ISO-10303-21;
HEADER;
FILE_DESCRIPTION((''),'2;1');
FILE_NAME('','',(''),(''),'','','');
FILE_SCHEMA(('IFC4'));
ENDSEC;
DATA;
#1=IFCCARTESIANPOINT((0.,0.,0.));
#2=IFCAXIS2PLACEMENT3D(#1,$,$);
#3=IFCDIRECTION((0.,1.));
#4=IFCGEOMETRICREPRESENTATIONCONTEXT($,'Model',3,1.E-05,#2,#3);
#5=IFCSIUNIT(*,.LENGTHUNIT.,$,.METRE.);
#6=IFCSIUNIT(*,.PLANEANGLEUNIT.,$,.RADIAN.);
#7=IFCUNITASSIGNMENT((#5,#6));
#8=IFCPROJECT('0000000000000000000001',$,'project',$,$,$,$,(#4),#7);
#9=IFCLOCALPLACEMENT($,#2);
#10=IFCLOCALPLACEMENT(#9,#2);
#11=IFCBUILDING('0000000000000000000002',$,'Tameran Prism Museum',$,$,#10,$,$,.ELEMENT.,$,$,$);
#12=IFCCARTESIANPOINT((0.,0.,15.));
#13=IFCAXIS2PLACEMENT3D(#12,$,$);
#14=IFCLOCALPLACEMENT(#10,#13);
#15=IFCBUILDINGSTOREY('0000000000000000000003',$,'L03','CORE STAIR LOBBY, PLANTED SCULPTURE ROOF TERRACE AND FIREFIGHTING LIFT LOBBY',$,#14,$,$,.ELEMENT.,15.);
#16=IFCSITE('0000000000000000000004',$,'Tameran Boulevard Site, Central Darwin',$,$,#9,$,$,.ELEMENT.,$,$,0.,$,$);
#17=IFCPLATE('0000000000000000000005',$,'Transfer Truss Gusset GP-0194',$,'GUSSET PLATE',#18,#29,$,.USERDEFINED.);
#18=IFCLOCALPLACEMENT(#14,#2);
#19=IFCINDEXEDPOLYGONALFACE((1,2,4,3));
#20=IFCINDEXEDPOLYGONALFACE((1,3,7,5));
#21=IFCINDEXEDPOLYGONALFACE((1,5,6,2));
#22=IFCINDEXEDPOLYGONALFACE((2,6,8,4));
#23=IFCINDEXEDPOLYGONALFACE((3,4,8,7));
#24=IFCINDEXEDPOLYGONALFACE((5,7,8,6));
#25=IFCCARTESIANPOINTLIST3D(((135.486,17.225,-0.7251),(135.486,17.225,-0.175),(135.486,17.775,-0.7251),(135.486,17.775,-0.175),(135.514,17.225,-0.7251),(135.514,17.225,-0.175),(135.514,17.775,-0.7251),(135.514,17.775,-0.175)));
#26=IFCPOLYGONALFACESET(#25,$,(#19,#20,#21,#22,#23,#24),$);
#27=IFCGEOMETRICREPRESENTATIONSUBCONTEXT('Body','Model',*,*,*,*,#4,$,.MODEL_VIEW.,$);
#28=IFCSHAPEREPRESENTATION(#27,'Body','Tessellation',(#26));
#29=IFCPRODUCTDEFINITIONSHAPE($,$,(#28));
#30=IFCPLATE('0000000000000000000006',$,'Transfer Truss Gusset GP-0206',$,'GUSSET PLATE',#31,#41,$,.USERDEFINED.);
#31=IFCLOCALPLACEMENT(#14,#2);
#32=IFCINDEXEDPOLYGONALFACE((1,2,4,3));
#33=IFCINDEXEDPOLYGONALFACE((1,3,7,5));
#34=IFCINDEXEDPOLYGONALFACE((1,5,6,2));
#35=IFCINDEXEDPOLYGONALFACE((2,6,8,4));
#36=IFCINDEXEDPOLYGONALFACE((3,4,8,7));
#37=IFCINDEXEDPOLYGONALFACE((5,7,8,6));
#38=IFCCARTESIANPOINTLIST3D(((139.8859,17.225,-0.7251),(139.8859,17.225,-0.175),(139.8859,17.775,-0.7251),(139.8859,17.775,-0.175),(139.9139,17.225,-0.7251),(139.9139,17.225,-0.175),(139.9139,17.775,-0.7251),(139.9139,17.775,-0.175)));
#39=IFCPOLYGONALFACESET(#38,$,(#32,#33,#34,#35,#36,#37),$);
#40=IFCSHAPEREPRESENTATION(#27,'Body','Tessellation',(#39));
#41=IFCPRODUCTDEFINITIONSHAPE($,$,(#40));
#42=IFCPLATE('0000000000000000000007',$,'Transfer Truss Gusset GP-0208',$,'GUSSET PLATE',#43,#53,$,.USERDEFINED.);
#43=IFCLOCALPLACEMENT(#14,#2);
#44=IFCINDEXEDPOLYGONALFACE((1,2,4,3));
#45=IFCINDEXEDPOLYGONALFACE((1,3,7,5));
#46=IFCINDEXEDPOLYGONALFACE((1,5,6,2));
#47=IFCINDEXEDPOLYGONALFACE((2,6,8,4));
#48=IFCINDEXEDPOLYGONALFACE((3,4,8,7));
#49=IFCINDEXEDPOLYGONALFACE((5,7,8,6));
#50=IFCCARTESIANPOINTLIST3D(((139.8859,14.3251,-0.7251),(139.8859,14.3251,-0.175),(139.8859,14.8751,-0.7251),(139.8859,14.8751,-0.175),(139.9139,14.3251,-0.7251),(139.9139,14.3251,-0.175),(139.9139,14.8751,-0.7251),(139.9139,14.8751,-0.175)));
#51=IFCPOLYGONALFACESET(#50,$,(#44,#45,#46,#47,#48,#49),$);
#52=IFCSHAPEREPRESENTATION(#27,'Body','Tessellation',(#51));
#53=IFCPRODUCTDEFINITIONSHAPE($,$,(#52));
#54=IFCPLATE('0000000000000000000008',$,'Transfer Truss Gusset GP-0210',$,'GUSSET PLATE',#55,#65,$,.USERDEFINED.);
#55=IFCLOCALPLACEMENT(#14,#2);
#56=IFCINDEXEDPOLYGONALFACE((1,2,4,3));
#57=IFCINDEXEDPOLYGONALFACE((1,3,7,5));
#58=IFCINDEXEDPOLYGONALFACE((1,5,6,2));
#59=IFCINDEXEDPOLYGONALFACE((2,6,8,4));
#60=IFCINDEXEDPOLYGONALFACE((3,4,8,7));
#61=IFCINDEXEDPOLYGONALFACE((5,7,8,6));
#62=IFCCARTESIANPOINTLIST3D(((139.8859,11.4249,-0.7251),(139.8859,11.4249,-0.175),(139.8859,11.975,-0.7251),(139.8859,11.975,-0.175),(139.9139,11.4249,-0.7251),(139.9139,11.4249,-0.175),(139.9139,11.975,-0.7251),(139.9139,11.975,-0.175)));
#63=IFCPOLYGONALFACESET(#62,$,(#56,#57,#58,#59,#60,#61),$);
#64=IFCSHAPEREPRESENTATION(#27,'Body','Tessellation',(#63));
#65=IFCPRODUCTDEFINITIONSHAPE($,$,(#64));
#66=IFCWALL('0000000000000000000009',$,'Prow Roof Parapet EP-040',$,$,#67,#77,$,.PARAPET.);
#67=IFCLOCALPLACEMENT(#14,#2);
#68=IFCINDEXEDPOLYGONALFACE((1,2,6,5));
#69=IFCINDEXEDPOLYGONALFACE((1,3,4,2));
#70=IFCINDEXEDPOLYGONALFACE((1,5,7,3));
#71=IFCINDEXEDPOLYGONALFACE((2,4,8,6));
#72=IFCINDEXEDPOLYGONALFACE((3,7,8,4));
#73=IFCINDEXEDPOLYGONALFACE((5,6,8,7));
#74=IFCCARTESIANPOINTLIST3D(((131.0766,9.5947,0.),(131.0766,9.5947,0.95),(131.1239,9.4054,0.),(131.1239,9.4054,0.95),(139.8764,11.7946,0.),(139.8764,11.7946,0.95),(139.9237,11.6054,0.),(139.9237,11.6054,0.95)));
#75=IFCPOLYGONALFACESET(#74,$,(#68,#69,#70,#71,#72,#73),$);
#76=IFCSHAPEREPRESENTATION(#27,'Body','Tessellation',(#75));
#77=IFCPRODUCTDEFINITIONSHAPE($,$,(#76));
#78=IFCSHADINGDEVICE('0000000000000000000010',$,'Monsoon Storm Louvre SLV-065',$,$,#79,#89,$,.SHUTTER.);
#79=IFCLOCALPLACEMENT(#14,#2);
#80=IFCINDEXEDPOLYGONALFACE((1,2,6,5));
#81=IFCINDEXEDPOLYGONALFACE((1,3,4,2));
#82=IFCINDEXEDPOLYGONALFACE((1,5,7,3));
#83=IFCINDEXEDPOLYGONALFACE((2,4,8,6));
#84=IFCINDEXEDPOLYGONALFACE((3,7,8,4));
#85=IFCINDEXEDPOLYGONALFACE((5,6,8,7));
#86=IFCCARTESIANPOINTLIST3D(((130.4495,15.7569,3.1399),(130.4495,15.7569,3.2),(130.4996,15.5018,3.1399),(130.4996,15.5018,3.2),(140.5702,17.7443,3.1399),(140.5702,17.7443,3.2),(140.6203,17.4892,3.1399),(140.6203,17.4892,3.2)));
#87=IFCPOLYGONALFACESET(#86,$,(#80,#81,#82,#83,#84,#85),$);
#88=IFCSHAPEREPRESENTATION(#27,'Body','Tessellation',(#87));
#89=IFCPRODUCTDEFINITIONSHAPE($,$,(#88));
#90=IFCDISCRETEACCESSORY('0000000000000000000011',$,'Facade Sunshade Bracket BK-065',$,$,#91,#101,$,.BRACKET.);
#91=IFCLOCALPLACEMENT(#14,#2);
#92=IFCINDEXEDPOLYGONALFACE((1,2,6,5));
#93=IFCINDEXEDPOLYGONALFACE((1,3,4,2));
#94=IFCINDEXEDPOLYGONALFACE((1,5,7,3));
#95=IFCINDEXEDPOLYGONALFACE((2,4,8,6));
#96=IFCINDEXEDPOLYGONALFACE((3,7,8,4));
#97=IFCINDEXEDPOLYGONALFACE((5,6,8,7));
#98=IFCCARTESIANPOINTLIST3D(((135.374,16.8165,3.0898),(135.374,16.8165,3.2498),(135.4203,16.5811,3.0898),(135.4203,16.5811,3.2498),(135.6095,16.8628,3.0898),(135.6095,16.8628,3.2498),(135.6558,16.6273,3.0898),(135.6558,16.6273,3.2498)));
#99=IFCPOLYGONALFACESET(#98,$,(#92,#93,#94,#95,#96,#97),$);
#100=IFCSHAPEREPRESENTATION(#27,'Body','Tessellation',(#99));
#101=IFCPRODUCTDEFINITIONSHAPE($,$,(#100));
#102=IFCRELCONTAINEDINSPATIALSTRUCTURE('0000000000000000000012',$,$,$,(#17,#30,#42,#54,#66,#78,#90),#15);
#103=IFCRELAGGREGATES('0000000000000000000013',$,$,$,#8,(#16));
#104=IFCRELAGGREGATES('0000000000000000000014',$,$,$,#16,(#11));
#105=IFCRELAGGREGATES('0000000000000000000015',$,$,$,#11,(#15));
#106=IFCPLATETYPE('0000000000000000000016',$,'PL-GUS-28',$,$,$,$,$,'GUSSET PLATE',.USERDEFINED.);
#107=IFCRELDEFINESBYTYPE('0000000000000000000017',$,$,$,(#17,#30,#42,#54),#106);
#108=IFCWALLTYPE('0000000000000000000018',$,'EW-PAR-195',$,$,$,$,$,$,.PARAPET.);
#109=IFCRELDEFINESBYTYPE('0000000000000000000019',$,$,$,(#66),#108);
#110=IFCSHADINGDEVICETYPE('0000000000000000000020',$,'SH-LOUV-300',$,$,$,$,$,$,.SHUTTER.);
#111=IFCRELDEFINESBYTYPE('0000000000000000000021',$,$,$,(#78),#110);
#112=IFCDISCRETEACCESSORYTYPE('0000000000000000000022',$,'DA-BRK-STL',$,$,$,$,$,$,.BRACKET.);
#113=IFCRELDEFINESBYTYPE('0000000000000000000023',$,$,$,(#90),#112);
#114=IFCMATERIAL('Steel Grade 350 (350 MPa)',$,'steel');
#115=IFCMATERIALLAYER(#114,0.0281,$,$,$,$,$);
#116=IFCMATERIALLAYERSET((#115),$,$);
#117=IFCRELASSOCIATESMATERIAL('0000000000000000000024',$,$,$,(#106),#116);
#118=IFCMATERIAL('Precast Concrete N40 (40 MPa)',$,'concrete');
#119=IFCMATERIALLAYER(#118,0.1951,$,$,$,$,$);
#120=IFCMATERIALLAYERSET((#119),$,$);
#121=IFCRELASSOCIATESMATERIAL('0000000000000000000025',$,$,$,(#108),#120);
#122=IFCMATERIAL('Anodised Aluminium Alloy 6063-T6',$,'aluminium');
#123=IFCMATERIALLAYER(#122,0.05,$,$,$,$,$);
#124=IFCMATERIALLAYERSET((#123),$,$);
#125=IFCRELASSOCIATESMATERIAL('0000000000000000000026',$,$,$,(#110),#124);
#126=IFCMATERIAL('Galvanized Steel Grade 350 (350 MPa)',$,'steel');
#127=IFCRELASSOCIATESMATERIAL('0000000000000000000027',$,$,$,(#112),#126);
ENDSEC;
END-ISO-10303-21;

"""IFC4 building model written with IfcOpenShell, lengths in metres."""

from ifc_helpers import new_model, si_unit, direction, frame, frame_2d, origin, origin_2d, place, context, subcontext, project, spatial, rectangle, extrude, material, layer, layer_set, type_object, element, save


model = new_model("IFC4")

# Units and contexts
model_context = context("Model", 3, precision=1e-05, world=origin(), true_north=direction((0.0, 1.0)))
body_context = subcontext(model_context, "Body", "Model", "MODEL_VIEW")
ifc_project = project(units=[si_unit("LENGTHUNIT", "METRE"), si_unit("PLANEANGLEUNIT", "RADIAN")], contexts=[model_context])

# Site, building, storey
site_placement = place(None, origin())
site = spatial("IfcSite", under=ifc_project, at=site_placement, Name="Tameran Boulevard Site, Central Darwin", CompositionType="ELEMENT", RefElevation=0.0)
building_placement = place(site_placement, origin())
building = spatial("IfcBuilding", under=site, at=building_placement, Name="Tameran Prism Museum", CompositionType="ELEMENT")
storey_placement = place(building_placement, frame((0.0, 0.0, 15.0)))
storey = spatial("IfcBuildingStorey", under=building, at=storey_placement, Name="L03", Description="CORE STAIR LOBBY, PLANTED SCULPTURE ROOF TERRACE AND FIREFIGHTING LIFT LOBBY", CompositionType="ELEMENT", Elevation=15.0)

# Plates
ifc_material_1 = material(Name="Steel Grade 350 (350 MPa)", Category="steel")
ifc_layer_1 = layer(ifc_material_1, 0.0281)
ifc_layer_set_1 = layer_set([ifc_layer_1])
plate_type_1 = type_object("IfcPlateType", Name="PL-GUS-28", ElementType="GUSSET PLATE", PredefinedType="USERDEFINED", material=ifc_layer_set_1)
for number, where, z_axis, x_axis, name in (
    (1, (135.5, 17.5, -0.7251), (0.0, 0.0, 1.0), (1.0, 0.0, 0.0), "Transfer Truss Gusset GP-0194"),
    (2, (139.8999, 17.5, -0.7251), (0.0, 0.0, 1.0), (1.0, 0.0, 0.0), "Transfer Truss Gusset GP-0206"),
    (3, (139.8999, 14.6001, -0.7251), (0.0, 0.0, 1.0), (1.0, 0.0, 0.0), "Transfer Truss Gusset GP-0208"),
    (4, (139.8999, 11.7, -0.7251), (0.0, 0.0, 1.0), (1.0, 0.0, 0.0), "Transfer Truss Gusset GP-0210"),
):
    element("IfcPlate", number, at=place(storey_placement, frame(where, z_axis=z_axis, x_axis=x_axis)), inside=storey, type_object=plate_type_1, Name=name, ObjectType="GUSSET PLATE", PredefinedType="USERDEFINED", context=body_context, shape_type="SweptSolid", body=[
        extrude(rectangle(XDim=0.0281, YDim=0.55, at=origin_2d()), origin(), (0.0, 0.0, 1.0), 0.55),
    ])

# Wall
ifc_material_2 = material(Name="Precast Concrete N40 (40 MPa)", Category="concrete")
ifc_layer_2 = layer(ifc_material_2, 0.1951)
ifc_layer_set_2 = layer_set([ifc_layer_2])
wall_type = type_object("IfcWallType", Name="EW-PAR-195", PredefinedType="PARAPET", material=ifc_layer_set_2)
wall_placement = place(storey_placement, frame((139.8999, 11.7, 0.0), z_axis=(0.0, 0.0, 1.0), x_axis=(-0.970143, -0.242536, 0.0)))
element("IfcWall", 5, at=wall_placement, inside=storey, type_object=wall_type, Name="Prow Roof Parapet EP-040", PredefinedType="PARAPET", context=body_context, shape_type="SweptSolid", body=[
    extrude(rectangle(XDim=9.0706, YDim=0.1951, at=frame_2d((4.5352, 0.0))), origin(), (0.0, 0.0, 1.0), 0.95),
])

# Shading device
ifc_material_3 = material(Name="Anodised Aluminium Alloy 6063-T6", Category="aluminium")
ifc_layer_3 = layer(ifc_material_3, 0.05)
ifc_layer_set_3 = layer_set([ifc_layer_3])
shading_device_type = type_object("IfcShadingDeviceType", Name="SH-LOUV-300", PredefinedType="SHUTTER", material=ifc_layer_set_3)
shading_device_placement = place(storey_placement, frame((135.5349, 16.623, 3.1399), z_axis=(0.0, 0.0, 1.0), x_axis=(-0.981259, -0.192693, 0.0)))
element("IfcShadingDevice", 6, at=shading_device_placement, inside=storey, type_object=shading_device_type, Name="Monsoon Storm Louvre SLV-065", PredefinedType="SHUTTER", context=body_context, shape_type="SweptSolid", body=[
    extrude(rectangle(XDim=10.314, YDim=0.26, at=origin_2d()), origin(), (0.0, 0.0, 1.0), 0.0601),
])

# Discrete accessory
ifc_material_4 = material(Name="Galvanized Steel Grade 350 (350 MPa)", Category="steel")
discrete_accessory_type = type_object("IfcDiscreteAccessoryType", Name="DA-BRK-STL", PredefinedType="BRACKET", material=ifc_material_4)
discrete_accessory_placement = place(storey_placement, frame((135.5149, 16.7219, 3.0898), z_axis=(0.0, 0.0, 1.0), x_axis=(-0.981259, -0.192693, 0.0)))
element("IfcDiscreteAccessory", 7, at=discrete_accessory_placement, inside=storey, type_object=discrete_accessory_type, Name="Facade Sunshade Bracket BK-065", PredefinedType="BRACKET", context=body_context, shape_type="SweptSolid", body=[
    extrude(rectangle(XDim=0.24, YDim=0.24, at=origin_2d()), origin(), (0.0, 0.0, 1.0), 0.1599),
])

save(model, "model.ifc")
